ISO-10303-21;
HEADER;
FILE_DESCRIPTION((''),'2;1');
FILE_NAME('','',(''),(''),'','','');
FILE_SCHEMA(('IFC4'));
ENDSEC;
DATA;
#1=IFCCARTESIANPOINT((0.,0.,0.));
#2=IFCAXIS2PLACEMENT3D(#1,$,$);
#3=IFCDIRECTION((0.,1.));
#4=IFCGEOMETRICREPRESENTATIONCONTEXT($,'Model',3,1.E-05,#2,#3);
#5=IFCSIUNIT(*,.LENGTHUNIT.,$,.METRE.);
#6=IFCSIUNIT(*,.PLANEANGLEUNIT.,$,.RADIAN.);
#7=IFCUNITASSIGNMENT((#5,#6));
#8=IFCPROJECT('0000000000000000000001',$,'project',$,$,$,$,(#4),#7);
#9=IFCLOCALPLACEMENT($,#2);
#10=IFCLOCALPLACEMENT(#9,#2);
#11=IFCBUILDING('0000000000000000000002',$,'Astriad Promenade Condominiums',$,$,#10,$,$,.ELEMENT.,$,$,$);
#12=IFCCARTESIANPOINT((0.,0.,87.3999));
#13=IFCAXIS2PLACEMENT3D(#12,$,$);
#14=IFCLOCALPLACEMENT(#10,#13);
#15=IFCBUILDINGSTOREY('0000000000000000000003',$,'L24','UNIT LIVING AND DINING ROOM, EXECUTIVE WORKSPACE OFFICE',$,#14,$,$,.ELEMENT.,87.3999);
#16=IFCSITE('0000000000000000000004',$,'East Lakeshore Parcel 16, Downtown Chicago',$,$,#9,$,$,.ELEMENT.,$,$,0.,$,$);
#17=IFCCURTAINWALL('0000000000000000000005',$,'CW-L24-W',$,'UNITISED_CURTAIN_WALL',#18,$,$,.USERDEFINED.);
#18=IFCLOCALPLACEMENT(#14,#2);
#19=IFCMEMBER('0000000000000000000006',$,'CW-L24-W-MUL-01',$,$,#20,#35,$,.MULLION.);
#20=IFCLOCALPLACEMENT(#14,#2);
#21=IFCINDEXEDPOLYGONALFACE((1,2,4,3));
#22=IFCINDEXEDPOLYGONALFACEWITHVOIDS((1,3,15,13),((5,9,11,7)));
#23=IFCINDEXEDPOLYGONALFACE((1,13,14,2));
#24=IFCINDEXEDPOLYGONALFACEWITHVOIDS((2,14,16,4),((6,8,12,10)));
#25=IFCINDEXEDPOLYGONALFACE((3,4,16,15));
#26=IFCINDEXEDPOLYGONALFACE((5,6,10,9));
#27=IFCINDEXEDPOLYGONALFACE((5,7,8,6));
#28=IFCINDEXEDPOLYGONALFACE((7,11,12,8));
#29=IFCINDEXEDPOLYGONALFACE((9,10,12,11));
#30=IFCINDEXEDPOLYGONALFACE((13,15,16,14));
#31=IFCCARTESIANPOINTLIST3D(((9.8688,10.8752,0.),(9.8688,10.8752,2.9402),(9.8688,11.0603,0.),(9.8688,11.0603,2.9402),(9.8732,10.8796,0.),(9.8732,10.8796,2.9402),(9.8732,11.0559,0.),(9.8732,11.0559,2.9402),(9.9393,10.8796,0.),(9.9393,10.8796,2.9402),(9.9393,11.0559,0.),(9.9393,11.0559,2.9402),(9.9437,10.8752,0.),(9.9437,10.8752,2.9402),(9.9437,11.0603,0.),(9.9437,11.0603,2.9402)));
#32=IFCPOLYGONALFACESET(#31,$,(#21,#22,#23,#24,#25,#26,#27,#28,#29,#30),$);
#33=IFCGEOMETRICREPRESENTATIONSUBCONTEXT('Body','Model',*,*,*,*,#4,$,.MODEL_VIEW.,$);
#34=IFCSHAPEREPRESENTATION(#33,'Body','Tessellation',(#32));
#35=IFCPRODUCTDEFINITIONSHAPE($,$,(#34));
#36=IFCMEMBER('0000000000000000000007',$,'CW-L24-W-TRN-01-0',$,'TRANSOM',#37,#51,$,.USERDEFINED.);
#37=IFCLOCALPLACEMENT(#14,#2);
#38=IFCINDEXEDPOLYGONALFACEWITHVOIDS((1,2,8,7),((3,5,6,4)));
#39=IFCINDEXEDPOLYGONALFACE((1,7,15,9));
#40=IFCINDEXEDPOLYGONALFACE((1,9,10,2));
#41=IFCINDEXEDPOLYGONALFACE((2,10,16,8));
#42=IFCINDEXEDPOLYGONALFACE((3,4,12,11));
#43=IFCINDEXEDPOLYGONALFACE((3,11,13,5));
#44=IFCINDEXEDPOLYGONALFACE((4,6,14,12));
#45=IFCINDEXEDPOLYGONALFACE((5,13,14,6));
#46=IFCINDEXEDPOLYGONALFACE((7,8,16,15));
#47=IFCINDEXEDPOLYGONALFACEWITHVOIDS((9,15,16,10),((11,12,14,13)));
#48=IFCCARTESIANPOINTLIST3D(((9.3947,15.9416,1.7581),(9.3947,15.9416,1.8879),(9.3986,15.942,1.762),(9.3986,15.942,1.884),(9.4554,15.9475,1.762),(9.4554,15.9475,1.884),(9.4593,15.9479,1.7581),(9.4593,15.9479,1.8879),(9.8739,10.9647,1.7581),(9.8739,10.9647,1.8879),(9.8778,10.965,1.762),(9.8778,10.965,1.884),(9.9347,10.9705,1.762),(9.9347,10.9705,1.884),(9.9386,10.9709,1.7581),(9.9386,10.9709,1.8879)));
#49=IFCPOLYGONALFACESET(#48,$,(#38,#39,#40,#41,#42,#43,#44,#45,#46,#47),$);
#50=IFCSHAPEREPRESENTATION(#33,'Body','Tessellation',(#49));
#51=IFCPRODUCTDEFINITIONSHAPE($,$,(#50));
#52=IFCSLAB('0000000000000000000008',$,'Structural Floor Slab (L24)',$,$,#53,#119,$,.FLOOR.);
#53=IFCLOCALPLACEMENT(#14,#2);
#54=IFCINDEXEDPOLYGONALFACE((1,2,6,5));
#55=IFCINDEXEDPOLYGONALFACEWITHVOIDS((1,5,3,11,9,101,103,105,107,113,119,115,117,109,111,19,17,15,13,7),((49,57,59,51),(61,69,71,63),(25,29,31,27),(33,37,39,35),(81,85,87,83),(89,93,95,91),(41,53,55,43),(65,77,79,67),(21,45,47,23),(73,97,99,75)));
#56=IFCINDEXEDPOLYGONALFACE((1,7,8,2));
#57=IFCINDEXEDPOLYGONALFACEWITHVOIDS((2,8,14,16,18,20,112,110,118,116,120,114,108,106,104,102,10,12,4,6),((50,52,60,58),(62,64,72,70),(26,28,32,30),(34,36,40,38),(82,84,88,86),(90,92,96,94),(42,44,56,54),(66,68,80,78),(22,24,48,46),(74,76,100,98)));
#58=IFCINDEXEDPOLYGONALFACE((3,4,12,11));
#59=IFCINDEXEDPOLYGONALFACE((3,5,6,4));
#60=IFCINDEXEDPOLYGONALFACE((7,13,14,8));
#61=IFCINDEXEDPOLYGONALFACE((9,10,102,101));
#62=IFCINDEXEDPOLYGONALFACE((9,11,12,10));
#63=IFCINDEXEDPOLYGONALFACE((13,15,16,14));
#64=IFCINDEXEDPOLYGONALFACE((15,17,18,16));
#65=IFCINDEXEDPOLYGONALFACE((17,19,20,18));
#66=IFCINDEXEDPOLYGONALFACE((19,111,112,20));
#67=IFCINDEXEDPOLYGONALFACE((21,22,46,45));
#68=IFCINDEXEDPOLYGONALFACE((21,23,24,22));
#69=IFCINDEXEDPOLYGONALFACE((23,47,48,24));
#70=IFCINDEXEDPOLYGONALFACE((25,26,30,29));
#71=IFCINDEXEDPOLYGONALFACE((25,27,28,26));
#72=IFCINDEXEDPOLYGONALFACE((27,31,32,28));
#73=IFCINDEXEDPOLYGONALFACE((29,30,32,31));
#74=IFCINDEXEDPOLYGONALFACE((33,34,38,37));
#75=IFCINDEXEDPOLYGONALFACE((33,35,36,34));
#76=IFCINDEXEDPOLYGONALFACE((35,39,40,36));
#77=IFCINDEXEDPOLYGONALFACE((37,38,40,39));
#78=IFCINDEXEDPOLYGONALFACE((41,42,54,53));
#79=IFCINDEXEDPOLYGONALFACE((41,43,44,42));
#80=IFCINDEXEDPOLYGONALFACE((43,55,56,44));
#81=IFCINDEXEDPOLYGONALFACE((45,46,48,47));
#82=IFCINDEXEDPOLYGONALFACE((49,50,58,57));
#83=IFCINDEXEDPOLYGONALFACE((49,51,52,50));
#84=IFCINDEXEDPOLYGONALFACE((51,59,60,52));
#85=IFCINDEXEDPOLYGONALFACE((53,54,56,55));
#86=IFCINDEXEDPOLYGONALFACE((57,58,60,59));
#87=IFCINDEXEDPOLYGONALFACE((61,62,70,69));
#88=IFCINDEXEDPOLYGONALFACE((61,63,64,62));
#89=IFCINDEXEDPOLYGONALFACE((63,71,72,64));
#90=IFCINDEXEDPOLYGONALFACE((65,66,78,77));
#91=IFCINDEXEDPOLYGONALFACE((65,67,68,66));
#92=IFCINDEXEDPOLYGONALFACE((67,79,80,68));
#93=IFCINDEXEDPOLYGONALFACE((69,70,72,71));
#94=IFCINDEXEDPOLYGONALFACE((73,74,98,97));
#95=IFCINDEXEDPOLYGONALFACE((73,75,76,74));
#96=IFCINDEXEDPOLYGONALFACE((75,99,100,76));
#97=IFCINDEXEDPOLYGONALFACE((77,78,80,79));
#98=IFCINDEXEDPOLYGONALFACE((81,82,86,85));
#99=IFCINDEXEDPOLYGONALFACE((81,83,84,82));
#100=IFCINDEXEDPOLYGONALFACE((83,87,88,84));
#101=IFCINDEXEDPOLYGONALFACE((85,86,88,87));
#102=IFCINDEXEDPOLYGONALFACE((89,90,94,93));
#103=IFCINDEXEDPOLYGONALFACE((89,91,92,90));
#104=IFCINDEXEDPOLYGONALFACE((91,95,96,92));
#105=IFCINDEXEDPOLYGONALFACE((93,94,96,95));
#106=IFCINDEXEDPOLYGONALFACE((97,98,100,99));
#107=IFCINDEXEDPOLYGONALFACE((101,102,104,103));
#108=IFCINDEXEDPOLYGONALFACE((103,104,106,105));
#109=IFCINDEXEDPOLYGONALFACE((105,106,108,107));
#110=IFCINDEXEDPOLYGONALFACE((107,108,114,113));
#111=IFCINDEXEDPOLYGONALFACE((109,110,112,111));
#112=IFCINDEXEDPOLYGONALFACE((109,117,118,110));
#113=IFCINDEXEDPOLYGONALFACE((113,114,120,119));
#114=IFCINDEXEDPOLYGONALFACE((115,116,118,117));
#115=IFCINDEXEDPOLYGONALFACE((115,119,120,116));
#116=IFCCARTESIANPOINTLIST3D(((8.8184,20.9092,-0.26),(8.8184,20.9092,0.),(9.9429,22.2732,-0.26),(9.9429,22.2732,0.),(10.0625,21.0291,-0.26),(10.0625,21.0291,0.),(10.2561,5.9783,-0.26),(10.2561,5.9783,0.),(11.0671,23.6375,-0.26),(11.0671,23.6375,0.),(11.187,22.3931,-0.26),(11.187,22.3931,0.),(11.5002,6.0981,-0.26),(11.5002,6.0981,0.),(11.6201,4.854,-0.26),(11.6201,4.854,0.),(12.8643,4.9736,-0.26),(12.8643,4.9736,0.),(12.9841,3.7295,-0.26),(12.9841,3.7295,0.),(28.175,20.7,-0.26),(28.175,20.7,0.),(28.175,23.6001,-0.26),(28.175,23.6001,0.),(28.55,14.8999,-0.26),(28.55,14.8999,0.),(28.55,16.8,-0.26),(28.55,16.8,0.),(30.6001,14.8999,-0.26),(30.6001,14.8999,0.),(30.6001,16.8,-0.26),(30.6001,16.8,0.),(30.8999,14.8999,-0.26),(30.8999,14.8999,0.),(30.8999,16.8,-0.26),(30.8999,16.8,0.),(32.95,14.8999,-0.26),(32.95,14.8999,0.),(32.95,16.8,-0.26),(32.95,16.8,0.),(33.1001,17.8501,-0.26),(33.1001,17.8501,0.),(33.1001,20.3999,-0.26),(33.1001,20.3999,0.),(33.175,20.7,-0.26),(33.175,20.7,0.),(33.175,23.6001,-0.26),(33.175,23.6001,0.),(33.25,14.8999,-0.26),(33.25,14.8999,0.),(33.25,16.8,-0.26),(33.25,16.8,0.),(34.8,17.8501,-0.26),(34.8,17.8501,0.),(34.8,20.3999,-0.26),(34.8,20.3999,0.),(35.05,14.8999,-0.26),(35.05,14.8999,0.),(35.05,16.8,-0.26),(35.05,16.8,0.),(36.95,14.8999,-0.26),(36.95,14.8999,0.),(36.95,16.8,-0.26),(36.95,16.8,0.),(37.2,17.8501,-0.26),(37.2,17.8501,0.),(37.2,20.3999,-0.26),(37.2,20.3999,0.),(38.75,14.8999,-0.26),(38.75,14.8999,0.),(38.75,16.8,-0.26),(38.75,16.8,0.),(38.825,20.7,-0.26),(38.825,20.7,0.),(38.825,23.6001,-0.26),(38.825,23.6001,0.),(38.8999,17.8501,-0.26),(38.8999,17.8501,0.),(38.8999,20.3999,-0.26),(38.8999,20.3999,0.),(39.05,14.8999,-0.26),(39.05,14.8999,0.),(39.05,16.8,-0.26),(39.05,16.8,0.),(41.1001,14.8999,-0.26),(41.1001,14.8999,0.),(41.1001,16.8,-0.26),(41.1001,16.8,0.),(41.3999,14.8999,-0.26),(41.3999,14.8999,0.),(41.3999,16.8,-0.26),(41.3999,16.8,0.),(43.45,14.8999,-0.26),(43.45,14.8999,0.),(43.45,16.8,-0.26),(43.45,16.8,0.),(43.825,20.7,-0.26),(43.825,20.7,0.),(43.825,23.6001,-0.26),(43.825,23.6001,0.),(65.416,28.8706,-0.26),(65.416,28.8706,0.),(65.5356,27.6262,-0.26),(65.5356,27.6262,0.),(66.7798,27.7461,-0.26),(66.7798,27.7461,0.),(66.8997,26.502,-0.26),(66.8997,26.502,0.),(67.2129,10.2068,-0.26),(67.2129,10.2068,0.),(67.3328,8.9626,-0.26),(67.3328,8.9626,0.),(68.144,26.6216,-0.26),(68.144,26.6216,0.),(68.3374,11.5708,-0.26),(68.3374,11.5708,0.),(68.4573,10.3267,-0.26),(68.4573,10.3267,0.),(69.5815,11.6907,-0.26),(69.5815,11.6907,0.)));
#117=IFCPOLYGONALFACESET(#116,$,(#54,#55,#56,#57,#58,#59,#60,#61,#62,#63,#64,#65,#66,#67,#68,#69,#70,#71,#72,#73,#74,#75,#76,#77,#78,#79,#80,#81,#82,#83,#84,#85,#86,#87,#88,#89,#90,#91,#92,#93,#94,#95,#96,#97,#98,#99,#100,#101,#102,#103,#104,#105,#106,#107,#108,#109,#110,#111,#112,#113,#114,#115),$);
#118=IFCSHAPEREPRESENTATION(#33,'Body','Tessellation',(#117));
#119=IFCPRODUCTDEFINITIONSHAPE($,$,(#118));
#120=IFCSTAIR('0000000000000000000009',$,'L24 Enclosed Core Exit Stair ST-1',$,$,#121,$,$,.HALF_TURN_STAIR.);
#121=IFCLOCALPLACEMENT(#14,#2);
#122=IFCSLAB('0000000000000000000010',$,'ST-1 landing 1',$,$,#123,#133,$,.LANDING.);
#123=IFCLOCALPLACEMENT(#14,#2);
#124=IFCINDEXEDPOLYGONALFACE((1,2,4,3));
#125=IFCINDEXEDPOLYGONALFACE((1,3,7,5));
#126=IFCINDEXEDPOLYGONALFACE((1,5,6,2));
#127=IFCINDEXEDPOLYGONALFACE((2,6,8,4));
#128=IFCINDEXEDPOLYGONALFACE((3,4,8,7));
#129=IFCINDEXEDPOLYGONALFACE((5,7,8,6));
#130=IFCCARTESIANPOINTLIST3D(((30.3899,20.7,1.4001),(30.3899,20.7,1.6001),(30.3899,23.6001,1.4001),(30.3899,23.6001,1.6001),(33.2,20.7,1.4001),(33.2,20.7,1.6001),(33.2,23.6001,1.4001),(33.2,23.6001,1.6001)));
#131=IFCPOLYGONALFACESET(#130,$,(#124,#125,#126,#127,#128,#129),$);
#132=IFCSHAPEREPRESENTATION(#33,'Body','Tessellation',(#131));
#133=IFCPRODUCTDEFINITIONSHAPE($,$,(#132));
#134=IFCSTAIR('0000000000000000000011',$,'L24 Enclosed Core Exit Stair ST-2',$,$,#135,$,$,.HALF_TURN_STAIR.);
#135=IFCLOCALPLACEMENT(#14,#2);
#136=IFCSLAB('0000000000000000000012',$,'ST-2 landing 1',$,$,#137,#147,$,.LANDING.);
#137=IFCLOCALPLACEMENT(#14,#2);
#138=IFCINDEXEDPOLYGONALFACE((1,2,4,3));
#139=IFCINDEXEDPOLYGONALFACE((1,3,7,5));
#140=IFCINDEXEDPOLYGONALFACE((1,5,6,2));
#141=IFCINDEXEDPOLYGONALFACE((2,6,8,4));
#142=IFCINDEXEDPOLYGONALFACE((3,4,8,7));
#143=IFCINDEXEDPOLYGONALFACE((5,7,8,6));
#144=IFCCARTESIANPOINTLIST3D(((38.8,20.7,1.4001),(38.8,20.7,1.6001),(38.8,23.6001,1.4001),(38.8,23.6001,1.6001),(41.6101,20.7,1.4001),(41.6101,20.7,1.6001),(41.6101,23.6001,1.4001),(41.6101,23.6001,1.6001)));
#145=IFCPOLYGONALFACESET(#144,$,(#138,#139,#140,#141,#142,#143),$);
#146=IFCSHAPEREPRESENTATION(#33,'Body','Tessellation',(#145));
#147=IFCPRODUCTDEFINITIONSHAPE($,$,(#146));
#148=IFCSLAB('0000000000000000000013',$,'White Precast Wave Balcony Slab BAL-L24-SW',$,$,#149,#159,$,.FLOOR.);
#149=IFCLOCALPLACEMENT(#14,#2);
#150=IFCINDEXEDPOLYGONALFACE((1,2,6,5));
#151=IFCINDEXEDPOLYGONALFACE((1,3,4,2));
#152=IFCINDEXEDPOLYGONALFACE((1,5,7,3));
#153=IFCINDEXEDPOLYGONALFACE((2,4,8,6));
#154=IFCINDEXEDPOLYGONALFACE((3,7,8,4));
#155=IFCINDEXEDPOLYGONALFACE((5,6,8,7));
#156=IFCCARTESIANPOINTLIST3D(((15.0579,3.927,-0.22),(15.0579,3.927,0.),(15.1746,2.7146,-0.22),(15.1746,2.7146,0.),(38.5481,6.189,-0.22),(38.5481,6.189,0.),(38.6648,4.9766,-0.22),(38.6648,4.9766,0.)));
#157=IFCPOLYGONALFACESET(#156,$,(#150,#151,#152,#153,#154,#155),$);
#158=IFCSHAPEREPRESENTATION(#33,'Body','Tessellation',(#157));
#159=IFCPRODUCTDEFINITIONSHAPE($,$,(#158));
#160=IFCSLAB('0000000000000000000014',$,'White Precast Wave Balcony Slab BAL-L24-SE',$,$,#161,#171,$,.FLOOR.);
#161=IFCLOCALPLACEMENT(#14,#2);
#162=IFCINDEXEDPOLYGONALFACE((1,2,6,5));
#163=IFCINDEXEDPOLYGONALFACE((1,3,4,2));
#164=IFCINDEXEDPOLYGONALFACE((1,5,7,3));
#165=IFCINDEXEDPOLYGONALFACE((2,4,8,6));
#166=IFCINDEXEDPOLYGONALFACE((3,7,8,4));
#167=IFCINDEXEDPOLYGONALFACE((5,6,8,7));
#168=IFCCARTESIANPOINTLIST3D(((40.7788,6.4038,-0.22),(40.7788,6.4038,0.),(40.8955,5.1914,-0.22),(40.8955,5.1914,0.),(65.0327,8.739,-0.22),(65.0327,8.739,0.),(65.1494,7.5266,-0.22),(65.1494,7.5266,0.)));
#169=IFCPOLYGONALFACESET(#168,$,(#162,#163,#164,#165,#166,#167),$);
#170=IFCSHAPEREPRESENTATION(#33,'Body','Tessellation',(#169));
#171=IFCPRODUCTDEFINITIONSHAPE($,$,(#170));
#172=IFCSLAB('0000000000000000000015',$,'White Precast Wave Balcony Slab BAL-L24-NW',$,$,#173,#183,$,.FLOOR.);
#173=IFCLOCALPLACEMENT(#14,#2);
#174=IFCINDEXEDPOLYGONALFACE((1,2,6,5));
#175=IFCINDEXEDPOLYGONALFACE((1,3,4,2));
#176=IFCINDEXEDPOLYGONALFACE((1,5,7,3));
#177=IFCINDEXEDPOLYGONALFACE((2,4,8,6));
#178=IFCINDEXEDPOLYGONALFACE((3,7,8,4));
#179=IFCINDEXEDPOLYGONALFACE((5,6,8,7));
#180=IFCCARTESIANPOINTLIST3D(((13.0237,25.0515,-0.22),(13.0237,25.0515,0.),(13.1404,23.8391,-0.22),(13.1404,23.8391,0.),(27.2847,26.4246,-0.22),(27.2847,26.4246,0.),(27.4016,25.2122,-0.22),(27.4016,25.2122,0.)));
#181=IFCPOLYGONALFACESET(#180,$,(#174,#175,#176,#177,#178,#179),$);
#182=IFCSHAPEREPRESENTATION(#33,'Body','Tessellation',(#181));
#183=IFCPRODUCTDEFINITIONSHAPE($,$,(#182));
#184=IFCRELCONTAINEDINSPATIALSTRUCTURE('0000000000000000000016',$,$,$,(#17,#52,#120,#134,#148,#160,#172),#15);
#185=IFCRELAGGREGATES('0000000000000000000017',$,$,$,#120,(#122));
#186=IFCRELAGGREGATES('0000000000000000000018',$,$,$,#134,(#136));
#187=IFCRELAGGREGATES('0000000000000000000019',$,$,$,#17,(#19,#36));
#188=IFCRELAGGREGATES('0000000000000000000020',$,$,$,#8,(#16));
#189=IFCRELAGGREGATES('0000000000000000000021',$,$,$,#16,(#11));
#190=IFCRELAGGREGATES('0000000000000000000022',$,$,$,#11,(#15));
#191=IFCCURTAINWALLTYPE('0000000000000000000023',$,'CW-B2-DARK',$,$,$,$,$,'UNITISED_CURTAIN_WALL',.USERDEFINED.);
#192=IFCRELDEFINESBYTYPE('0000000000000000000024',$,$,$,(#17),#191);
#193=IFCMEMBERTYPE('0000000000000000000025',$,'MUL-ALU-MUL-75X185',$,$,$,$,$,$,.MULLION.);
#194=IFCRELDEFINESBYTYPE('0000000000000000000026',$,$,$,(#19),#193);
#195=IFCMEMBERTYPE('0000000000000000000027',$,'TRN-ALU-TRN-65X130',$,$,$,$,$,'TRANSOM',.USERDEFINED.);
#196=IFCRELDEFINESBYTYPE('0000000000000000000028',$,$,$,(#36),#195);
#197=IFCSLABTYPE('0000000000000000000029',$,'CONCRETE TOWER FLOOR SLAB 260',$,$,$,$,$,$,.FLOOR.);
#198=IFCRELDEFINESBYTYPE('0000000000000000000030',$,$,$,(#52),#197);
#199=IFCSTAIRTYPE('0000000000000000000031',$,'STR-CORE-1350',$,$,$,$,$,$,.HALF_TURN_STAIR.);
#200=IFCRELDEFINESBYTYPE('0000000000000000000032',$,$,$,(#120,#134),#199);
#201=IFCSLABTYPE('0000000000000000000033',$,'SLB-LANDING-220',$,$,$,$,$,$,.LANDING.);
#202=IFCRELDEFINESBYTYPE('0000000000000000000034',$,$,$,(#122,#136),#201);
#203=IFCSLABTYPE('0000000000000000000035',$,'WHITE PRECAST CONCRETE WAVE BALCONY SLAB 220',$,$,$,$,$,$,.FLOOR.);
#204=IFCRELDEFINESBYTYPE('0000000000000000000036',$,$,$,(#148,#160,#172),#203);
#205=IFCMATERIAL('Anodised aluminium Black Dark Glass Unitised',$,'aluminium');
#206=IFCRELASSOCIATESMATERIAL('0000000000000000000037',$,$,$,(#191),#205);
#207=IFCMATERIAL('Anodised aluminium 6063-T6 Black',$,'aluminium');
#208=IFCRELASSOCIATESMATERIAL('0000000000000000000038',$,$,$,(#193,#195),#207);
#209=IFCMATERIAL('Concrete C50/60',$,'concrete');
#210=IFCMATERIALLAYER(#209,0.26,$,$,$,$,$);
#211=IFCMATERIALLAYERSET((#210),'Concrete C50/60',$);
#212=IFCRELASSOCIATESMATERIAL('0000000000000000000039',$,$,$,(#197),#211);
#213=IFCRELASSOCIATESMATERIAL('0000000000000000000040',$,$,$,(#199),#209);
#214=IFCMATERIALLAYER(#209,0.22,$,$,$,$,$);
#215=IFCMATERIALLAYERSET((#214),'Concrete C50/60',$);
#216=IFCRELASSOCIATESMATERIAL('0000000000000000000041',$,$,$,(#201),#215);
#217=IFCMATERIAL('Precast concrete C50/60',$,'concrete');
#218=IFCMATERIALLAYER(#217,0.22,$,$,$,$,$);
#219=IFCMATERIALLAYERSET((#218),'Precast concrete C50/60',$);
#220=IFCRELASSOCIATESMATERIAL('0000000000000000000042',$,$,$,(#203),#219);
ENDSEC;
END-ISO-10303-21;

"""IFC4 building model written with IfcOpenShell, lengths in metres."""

from ifc_helpers import new_model, si_unit, direction, frame, origin, origin_2d, place, context, subcontext, project, spatial, polyline, hollow_rectangle, outline, extrude, source, transform, mapped, material, layer, layer_set, material_profile, profile_set, type_object, type_shapes, element, aggregate, save


model = new_model("IFC4")

# Units and contexts
model_context = context("Model", 3, precision=1e-05, world=origin(), true_north=direction((0.0, 1.0)))
body_context = subcontext(model_context, "Body", "Model", "MODEL_VIEW")
ifc_project = project(units=[si_unit("LENGTHUNIT", "METRE"), si_unit("PLANEANGLEUNIT", "RADIAN")], contexts=[model_context])

# Site, building, storey
site_placement = place(None, origin())
site = spatial("IfcSite", under=ifc_project, at=site_placement, Name="East Lakeshore Parcel 16, Downtown Chicago", CompositionType="ELEMENT", RefElevation=0.0)
building_placement = place(site_placement, origin())
building = spatial("IfcBuilding", under=site, at=building_placement, Name="Astriad Promenade Condominiums", CompositionType="ELEMENT")
storey_placement = place(building_placement, frame((0.0, 0.0, 87.3999)))
storey = spatial("IfcBuildingStorey", under=building, at=storey_placement, Name="L24", Description="UNIT LIVING AND DINING ROOM, EXECUTIVE WORKSPACE OFFICE", CompositionType="ELEMENT", Elevation=87.3999)

# Curtain wall, members
ifc_material_1 = material(Name="Anodised aluminium Black Dark Glass Unitised", Category="aluminium")
curtain_wall_type = type_object("IfcCurtainWallType", Name="CW-B2-DARK", ElementType="UNITISED_CURTAIN_WALL", PredefinedType="USERDEFINED", material=ifc_material_1)
curtain_wall_placement = place(storey_placement, origin())
curtain_wall = element("IfcCurtainWall", 1, at=curtain_wall_placement, inside=storey, type_object=curtain_wall_type, Name="CW-L24-W", ObjectType="UNITISED_CURTAIN_WALL", PredefinedType="USERDEFINED")
ifc_material_2 = material(Name="Anodised aluminium 6063-T6 Black", Category="aluminium")
ifc_material_profile_1 = material_profile(ifc_material_2, hollow_rectangle(XDim=0.075, YDim=0.1851, WallThickness=0.0044, at=origin_2d()), Name="ALU-MUL-75X185")
ifc_profile_set_1 = profile_set([ifc_material_profile_1], Name="Anodised aluminium 6063-T6 Black")
member_type_1 = type_object("IfcMemberType", Name="MUL-ALU-MUL-75X185", PredefinedType="MULLION", material=ifc_profile_set_1)
shared_shape_1 = source(origin(), body_context, "Body", "SweptSolid", [
    extrude(hollow_rectangle(XDim=0.075, YDim=0.1851, WallThickness=0.0044, at=origin_2d()), origin(), (0.0, 0.0, 1.0), 2.9402),
])
type_shapes(member_type_1, [shared_shape_1])
member_1_placement = place(storey_placement, frame((9.9062, 10.9678, 0.0), z_axis=(0.0, 0.0, 1.0), x_axis=(1.0, 0.0, 0.0)))
member_1 = element("IfcMember", 2, at=member_1_placement, type_object=member_type_1, Name="CW-L24-W-MUL-01", PredefinedType="MULLION", context=body_context, shape_type="MappedRepresentation", body=[
    mapped(shared_shape_1, transform((0.0, 0.0, 0.0), scale=1.0)),
])
ifc_material_profile_2 = material_profile(ifc_material_2, hollow_rectangle(XDim=0.0649, YDim=0.1299, WallThickness=0.0039, at=origin_2d()), Name="ALU-TRN-65X130")
ifc_profile_set_2 = profile_set([ifc_material_profile_2], Name="Anodised aluminium 6063-T6 Black")
member_type_2 = type_object("IfcMemberType", Name="TRN-ALU-TRN-65X130", ElementType="TRANSOM", PredefinedType="USERDEFINED", material=ifc_profile_set_2)
shared_shape_2 = source(origin(), body_context, "Body", "SweptSolid", [
    extrude(hollow_rectangle(XDim=0.0649, YDim=0.1299, WallThickness=0.0039, at=origin_2d()), origin(), (0.0, 0.0, 1.0), 5.0),
])
type_shapes(member_type_2, [shared_shape_2])
member_2_placement = place(storey_placement, frame((9.9062, 10.9678, 1.823), z_axis=(-0.095848, 0.995396, 0.0), x_axis=(-0.995396, -0.095848, 0.0)))
member_2 = element("IfcMember", 3, at=member_2_placement, type_object=member_type_2, Name="CW-L24-W-TRN-01-0", ObjectType="TRANSOM", PredefinedType="USERDEFINED", context=body_context, shape_type="MappedRepresentation", body=[
    mapped(shared_shape_2, transform((0.0, 0.0, 0.0), scale=1.0)),
])

# Slab
ifc_material_3 = material(Name="Concrete C50/60", Category="concrete")
ifc_layer_1 = layer(ifc_material_3, 0.26)
ifc_layer_set_1 = layer_set([ifc_layer_1], Name="Concrete C50/60")
slab_type_1 = type_object("IfcSlabType", Name="CONCRETE TOWER FLOOR SLAB 260", PredefinedType="FLOOR", material=ifc_layer_set_1)
slab_1_placement = place(storey_placement, frame((0.0, 0.0, -0.26)))
element("IfcSlab", 4, at=slab_1_placement, inside=storey, type_object=slab_type_1, Name="Structural Floor Slab (L24)", PredefinedType="FLOOR", context=body_context, shape_type="SweptSolid", body=[
    extrude(outline(polyline([(12.9841, 3.7295), (67.3328, 8.9626), (67.2129, 10.2068), (68.4573, 10.3267), (68.3374, 11.5708), (69.5815, 11.6907), (68.144, 26.6216), (66.8997, 26.502), (66.7798, 27.7461), (65.5356, 27.6262), (65.416, 28.8706), (11.0671, 23.6375), (11.187, 22.3931), (9.9429, 22.2732), (10.0625, 21.0291), (8.8184, 20.9092), (10.2561, 5.9783), (11.5002, 6.0981), (11.6201, 4.854), (12.8643, 4.9736), (12.9841, 3.7295)]), holes=[polyline([(28.175, 20.7), (33.175, 20.7), (33.175, 23.6001), (28.175, 23.6001), (28.175, 20.7)]), polyline([(38.825, 20.7), (43.825, 20.7), (43.825, 23.6001), (38.825, 23.6001), (38.825, 20.7)]), polyline([(33.1001, 17.8501), (34.8, 17.8501), (34.8, 20.3999), (33.1001, 20.3999), (33.1001, 17.8501)]), polyline([(37.2, 17.8501), (38.8999, 17.8501), (38.8999, 20.3999), (37.2, 20.3999), (37.2, 17.8501)]), polyline([(28.55, 14.8999), (30.6001, 14.8999), (30.6001, 16.8), (28.55, 16.8), (28.55, 14.8999)]), polyline([(30.8999, 14.8999), (32.95, 14.8999), (32.95, 16.8), (30.8999, 16.8), (30.8999, 14.8999)]), polyline([(33.25, 14.8999), (35.05, 14.8999), (35.05, 16.8), (33.25, 16.8), (33.25, 14.8999)]), polyline([(36.95, 14.8999), (38.75, 14.8999), (38.75, 16.8), (36.95, 16.8), (36.95, 14.8999)]), polyline([(39.05, 14.8999), (41.1001, 14.8999), (41.1001, 16.8), (39.05, 16.8), (39.05, 14.8999)]), polyline([(41.3999, 14.8999), (43.45, 14.8999), (43.45, 16.8), (41.3999, 16.8), (41.3999, 14.8999)])]), origin(), (0.0, 0.0, 1.0), 0.26),
])

# Stairs, slabs
stair_type = type_object("IfcStairType", Name="STR-CORE-1350", PredefinedType="HALF_TURN_STAIR", material=ifc_material_3)
stair_1_placement = place(storey_placement, origin())
stair_1 = element("IfcStair", 5, at=stair_1_placement, inside=storey, type_object=stair_type, Name="L24 Enclosed Core Exit Stair ST-1", PredefinedType="HALF_TURN_STAIR")
ifc_layer_2 = layer(ifc_material_3, 0.22)
ifc_layer_set_2 = layer_set([ifc_layer_2], Name="Concrete C50/60")
slab_type_2 = type_object("IfcSlabType", Name="SLB-LANDING-220", PredefinedType="LANDING", material=ifc_layer_set_2)
slab_2_placement = place(storey_placement, frame((0.0, 0.0, 1.4001)))
slab_2 = element("IfcSlab", 6, at=slab_2_placement, type_object=slab_type_2, Name="ST-1 landing 1", PredefinedType="LANDING", context=body_context, shape_type="SweptSolid", body=[
    extrude(outline(polyline([(30.3899, 20.7), (33.2, 20.7), (33.2, 23.6001), (30.3899, 23.6001), (30.3899, 20.7)])), origin(), (0.0, 0.0, 1.0), 0.2),
])
aggregate(stair_1, [slab_2])
stair_2_placement = place(storey_placement, origin())
stair_2 = element("IfcStair", 7, at=stair_2_placement, inside=storey, type_object=stair_type, Name="L24 Enclosed Core Exit Stair ST-2", PredefinedType="HALF_TURN_STAIR")
slab_3_placement = place(storey_placement, frame((0.0, 0.0, 1.4001)))
slab_3 = element("IfcSlab", 8, at=slab_3_placement, type_object=slab_type_2, Name="ST-2 landing 1", PredefinedType="LANDING", context=body_context, shape_type="SweptSolid", body=[
    extrude(outline(polyline([(41.6101, 23.6001), (38.8, 23.6001), (38.8, 20.7), (41.6101, 20.7), (41.6101, 23.6001)])), origin(), (0.0, 0.0, 1.0), 0.2),
])
aggregate(stair_2, [slab_3])

# Slabs
ifc_material_4 = material(Name="Precast concrete C50/60", Category="concrete")
ifc_layer_3 = layer(ifc_material_4, 0.22)
ifc_layer_set_3 = layer_set([ifc_layer_3], Name="Precast concrete C50/60")
slab_type_3 = type_object("IfcSlabType", Name="WHITE PRECAST CONCRETE WAVE BALCONY SLAB 220", PredefinedType="FLOOR", material=ifc_layer_set_3)
slab_4_placement = place(storey_placement, frame((0.0, 0.0, -0.22)))
element("IfcSlab", 9, at=slab_4_placement, inside=storey, type_object=slab_type_3, Name="White Precast Wave Balcony Slab BAL-L24-SW", PredefinedType="FLOOR", context=body_context, shape_type="SweptSolid", body=[
    extrude(outline(polyline([(38.6648, 4.9766), (15.1746, 2.7146), (15.0579, 3.927), (38.5481, 6.189), (38.6648, 4.9766)])), origin(), (0.0, 0.0, 1.0), 0.22),
])
slab_5_placement = place(storey_placement, frame((0.0, 0.0, -0.22)))
element("IfcSlab", 10, at=slab_5_placement, inside=storey, type_object=slab_type_3, Name="White Precast Wave Balcony Slab BAL-L24-SE", PredefinedType="FLOOR", context=body_context, shape_type="SweptSolid", body=[
    extrude(outline(polyline([(65.1494, 7.5266), (40.8955, 5.1914), (40.7788, 6.4038), (65.0327, 8.739), (65.1494, 7.5266)])), origin(), (0.0, 0.0, 1.0), 0.22),
])
slab_6_placement = place(storey_placement, frame((0.0, 0.0, -0.22)))
element("IfcSlab", 11, at=slab_6_placement, inside=storey, type_object=slab_type_3, Name="White Precast Wave Balcony Slab BAL-L24-NW", PredefinedType="FLOOR", context=body_context, shape_type="SweptSolid", body=[
    extrude(outline(polyline([(13.0237, 25.0515), (27.2847, 26.4246), (27.4016, 25.2122), (13.1404, 23.8391), (13.0237, 25.0515)])), origin(), (0.0, 0.0, 1.0), 0.22),
])

aggregate(curtain_wall, [member_1, member_2])

save(model, "model.ifc")
